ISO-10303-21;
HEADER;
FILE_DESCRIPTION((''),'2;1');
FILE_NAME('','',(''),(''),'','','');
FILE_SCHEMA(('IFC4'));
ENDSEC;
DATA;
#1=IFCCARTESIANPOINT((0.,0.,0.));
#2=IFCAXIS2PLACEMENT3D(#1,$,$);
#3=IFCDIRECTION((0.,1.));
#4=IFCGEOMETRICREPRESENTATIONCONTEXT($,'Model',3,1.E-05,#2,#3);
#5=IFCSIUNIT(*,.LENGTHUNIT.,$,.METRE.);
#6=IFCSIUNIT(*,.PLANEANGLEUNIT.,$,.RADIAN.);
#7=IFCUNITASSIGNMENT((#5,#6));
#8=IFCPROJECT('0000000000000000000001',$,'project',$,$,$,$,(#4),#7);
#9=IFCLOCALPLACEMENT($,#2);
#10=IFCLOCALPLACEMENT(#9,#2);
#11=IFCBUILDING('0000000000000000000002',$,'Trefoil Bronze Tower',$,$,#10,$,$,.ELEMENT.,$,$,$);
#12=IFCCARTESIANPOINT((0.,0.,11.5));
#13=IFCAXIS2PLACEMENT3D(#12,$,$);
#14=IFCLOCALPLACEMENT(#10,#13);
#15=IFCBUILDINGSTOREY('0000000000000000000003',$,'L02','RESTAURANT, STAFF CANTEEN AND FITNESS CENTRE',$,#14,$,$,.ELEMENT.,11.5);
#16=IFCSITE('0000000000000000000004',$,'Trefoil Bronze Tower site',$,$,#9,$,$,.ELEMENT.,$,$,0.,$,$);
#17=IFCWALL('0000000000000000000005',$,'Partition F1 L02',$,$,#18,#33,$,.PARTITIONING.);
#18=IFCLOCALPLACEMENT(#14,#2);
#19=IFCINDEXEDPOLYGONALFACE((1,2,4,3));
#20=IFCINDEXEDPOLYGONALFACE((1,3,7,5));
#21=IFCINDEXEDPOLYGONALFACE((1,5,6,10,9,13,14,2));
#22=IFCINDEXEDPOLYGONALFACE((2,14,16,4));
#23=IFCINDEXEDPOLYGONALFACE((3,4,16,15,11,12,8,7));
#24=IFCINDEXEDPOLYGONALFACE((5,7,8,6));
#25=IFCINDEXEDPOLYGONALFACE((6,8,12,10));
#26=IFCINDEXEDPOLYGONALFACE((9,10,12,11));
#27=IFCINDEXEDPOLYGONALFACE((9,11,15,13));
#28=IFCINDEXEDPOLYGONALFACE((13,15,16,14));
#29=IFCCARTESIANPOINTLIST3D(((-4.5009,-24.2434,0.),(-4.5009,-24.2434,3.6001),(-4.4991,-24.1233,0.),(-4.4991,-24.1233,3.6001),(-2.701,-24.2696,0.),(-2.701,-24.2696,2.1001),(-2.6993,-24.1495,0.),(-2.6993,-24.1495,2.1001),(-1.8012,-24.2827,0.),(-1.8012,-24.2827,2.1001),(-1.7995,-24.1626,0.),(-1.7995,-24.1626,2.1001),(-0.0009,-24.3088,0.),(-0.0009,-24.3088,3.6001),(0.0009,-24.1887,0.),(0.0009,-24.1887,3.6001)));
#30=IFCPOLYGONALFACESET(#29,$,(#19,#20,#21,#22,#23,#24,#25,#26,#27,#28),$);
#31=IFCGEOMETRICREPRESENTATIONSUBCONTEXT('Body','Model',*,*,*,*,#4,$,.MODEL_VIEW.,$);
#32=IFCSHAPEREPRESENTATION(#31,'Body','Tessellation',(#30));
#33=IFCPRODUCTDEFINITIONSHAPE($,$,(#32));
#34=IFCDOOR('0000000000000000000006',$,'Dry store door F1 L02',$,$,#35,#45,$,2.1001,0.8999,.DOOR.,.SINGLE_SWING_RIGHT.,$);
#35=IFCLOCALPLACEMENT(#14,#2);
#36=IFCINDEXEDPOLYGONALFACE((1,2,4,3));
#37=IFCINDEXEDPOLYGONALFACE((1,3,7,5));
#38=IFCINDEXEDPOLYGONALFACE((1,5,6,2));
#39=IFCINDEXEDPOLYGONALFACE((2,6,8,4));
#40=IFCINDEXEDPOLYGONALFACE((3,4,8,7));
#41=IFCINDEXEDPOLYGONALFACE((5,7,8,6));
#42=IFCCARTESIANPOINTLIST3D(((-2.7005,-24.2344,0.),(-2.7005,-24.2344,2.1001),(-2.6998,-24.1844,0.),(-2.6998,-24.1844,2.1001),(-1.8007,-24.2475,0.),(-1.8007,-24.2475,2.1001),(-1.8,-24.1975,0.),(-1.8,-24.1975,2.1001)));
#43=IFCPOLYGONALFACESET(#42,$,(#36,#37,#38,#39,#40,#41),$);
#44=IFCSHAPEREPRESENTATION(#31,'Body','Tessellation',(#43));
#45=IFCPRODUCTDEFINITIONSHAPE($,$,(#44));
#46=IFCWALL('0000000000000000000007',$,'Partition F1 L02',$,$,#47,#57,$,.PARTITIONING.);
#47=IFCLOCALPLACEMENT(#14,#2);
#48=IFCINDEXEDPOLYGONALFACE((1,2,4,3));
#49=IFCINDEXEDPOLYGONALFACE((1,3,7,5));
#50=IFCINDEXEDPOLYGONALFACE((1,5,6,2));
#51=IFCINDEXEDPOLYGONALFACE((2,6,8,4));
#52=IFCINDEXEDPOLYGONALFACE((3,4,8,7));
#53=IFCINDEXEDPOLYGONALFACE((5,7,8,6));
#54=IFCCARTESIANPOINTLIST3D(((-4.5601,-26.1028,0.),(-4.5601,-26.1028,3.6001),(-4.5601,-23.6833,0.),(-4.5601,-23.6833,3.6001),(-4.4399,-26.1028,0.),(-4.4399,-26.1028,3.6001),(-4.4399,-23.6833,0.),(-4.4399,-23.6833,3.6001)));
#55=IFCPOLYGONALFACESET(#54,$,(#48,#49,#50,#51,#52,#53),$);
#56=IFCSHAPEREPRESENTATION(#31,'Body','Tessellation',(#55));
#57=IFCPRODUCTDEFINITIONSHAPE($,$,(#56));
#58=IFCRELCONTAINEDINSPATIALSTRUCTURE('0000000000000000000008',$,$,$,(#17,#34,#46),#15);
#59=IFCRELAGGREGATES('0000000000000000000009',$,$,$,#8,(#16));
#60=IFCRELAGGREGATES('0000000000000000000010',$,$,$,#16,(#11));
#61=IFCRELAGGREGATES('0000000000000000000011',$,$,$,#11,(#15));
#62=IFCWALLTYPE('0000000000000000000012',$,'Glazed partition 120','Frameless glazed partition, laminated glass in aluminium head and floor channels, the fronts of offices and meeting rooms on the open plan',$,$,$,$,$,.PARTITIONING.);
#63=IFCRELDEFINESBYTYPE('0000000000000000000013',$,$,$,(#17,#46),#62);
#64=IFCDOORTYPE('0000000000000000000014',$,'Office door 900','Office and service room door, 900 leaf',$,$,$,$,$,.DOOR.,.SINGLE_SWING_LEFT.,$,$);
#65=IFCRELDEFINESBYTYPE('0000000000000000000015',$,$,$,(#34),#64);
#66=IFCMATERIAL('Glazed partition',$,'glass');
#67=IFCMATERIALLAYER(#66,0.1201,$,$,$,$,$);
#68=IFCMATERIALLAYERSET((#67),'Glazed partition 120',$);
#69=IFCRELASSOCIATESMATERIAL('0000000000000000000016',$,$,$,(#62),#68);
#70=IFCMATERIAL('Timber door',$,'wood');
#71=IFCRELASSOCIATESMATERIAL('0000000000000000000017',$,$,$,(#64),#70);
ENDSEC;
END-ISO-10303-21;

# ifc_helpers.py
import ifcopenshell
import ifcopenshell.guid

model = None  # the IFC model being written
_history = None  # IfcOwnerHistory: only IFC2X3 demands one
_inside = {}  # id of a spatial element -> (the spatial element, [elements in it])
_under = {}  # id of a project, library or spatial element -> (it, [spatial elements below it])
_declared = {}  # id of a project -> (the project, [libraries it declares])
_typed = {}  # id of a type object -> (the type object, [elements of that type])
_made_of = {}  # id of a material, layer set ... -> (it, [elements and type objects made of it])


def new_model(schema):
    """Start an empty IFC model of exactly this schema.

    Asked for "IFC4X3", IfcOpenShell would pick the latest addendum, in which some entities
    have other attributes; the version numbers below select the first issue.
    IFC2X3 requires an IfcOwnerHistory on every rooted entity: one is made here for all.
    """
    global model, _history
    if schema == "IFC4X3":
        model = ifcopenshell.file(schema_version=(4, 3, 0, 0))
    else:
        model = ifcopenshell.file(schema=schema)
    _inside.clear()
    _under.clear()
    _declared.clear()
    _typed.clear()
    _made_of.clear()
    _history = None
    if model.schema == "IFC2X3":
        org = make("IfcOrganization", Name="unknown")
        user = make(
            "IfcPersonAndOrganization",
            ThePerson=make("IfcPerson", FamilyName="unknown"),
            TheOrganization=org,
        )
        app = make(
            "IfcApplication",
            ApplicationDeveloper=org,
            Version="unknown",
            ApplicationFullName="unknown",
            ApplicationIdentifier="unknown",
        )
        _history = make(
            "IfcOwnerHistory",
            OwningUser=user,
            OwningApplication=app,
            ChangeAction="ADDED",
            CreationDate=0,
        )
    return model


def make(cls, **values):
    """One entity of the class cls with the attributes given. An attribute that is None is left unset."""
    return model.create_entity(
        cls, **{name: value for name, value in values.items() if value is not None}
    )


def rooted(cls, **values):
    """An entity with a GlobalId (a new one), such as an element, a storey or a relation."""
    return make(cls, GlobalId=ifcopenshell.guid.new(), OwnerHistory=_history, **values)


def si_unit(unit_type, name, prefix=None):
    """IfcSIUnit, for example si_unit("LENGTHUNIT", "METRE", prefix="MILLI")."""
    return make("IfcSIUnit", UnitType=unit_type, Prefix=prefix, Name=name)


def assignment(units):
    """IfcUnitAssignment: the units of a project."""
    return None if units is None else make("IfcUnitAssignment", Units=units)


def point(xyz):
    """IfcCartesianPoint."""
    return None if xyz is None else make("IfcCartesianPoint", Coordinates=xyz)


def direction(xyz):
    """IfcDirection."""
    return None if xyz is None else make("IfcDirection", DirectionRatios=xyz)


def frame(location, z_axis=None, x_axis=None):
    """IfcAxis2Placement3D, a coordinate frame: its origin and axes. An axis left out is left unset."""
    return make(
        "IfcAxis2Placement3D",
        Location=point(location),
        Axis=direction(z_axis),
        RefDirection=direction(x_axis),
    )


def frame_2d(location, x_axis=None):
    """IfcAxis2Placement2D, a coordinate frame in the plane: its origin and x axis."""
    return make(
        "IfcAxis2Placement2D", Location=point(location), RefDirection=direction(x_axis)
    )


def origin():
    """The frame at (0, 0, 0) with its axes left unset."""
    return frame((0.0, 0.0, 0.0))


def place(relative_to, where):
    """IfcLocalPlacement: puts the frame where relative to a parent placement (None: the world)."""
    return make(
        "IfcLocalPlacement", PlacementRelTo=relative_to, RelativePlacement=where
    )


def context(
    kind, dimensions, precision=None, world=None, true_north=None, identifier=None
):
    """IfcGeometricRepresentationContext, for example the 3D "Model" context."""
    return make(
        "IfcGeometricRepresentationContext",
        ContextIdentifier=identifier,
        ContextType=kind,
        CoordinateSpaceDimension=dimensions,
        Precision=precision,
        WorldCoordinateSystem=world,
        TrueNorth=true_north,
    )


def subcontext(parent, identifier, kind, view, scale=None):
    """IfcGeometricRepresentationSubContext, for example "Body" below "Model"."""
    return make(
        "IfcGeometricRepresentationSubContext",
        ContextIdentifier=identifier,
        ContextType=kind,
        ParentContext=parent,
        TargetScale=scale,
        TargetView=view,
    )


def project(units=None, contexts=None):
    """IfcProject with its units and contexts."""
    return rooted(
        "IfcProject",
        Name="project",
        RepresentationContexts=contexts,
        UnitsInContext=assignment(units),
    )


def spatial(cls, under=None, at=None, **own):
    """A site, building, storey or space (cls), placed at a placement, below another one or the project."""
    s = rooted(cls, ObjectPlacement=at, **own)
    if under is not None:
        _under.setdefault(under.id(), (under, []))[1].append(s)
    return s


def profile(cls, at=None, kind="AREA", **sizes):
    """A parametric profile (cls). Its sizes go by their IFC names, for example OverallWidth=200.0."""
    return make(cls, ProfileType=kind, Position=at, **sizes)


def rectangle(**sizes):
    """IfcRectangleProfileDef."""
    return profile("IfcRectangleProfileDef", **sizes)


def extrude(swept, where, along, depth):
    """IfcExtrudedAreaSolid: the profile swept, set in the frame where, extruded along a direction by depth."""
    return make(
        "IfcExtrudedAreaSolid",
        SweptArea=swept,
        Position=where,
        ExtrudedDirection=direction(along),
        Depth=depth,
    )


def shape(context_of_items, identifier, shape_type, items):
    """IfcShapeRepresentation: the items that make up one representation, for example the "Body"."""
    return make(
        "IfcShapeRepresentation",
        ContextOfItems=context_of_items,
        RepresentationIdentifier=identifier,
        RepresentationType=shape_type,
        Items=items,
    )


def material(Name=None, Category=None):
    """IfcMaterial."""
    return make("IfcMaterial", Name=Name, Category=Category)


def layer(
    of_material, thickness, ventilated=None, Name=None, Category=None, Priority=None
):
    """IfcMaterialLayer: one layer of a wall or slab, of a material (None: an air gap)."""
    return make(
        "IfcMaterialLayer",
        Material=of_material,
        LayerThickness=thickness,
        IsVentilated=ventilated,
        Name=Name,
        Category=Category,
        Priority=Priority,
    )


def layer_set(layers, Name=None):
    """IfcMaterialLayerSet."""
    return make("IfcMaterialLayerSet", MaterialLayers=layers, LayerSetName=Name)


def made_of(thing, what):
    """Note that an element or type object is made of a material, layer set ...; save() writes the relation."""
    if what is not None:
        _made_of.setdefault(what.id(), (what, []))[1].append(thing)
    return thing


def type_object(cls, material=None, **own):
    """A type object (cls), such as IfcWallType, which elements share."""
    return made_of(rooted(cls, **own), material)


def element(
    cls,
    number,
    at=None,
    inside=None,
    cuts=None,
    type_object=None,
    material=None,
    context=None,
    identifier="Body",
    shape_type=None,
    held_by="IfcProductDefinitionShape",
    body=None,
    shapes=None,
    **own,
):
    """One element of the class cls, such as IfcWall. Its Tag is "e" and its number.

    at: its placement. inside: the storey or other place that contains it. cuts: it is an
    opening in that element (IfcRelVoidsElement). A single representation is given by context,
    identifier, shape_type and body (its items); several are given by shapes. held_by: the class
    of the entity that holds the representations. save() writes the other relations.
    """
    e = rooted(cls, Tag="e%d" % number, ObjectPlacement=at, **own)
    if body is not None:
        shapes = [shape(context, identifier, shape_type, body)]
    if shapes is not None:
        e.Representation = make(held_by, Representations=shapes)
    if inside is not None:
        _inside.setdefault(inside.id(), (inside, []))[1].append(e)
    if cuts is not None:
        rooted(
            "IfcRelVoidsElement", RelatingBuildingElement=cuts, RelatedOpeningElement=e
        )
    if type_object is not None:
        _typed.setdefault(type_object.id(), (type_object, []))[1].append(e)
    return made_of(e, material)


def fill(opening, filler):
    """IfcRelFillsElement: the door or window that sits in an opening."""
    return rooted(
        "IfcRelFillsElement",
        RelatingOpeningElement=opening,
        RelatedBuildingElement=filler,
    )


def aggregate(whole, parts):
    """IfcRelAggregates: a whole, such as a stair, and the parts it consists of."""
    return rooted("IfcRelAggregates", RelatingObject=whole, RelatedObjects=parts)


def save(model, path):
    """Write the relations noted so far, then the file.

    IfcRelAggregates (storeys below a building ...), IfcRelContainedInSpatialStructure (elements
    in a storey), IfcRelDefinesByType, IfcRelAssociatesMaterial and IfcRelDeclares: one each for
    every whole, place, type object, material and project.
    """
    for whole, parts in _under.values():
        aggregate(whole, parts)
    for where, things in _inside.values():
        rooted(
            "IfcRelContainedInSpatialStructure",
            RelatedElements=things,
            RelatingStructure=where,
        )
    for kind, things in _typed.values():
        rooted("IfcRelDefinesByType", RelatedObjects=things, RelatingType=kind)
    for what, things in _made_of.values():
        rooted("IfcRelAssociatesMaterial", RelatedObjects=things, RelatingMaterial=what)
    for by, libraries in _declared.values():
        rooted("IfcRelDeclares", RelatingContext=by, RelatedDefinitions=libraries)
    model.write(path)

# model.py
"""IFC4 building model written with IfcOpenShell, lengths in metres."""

from ifc_helpers import new_model, si_unit, direction, frame, frame_2d, origin, place, context, subcontext, project, spatial, rectangle, extrude, material, layer, layer_set, type_object, element, fill, save


model = new_model("IFC4")

# Units and contexts
model_context = context("Model", 3, precision=1e-05, world=origin(), true_north=direction((0.0, 1.0)))
body_context = subcontext(model_context, "Body", "Model", "MODEL_VIEW")
ifc_project = project(units=[si_unit("LENGTHUNIT", "METRE"), si_unit("PLANEANGLEUNIT", "RADIAN")], contexts=[model_context])

# Site, building, storey
site_placement = place(None, origin())
site = spatial("IfcSite", under=ifc_project, at=site_placement, Name="Trefoil Bronze Tower site", CompositionType="ELEMENT", RefElevation=0.0)
building_placement = place(site_placement, origin())
building = spatial("IfcBuilding", under=site, at=building_placement, Name="Trefoil Bronze Tower", CompositionType="ELEMENT")
storey_placement = place(building_placement, frame((0.0, 0.0, 11.5)))
storey = spatial("IfcBuildingStorey", under=building, at=storey_placement, Name="L02", Description="RESTAURANT, STAFF CANTEEN AND FITNESS CENTRE", CompositionType="ELEMENT", Elevation=11.5)

# Wall, opening, door
ifc_material_1 = material(Name="Glazed partition", Category="glass")
ifc_layer_1 = layer(ifc_material_1, 0.1201)
ifc_layer_set_1 = layer_set([ifc_layer_1], Name="Glazed partition 120")
wall_type = type_object("IfcWallType", Name="Glazed partition 120", Description="Frameless glazed partition, laminated glass in aluminium head and floor channels, the fronts of offices and meeting rooms on the open plan", PredefinedType="PARTITIONING", material=ifc_layer_set_1)
wall_1_placement = place(storey_placement, frame((-4.5, -24.1833, 0.0), z_axis=(0.0, 0.0, 1.0), x_axis=(0.999894, -0.014538, 0.0)))
wall_1 = element("IfcWall", 1, at=wall_1_placement, inside=storey, type_object=wall_type, Name="Partition F1 L02", PredefinedType="PARTITIONING", context=body_context, shape_type="SweptSolid", body=[
    extrude(rectangle(XDim=4.5005, YDim=0.1201, at=frame_2d((2.2502, 0.0))), origin(), (0.0, 0.0, 1.0), 3.6001),
])
opening_placement = place(wall_1_placement, frame((1.8, 0.0, 0.0)))
opening = element("IfcOpeningElement", 2, at=opening_placement, cuts=wall_1, PredefinedType="OPENING", context=body_context, shape_type="SweptSolid", body=[
    extrude(rectangle(XDim=0.8999, YDim=2.1001, at=frame_2d((0.45, 1.05))), frame((0.0, 0.0701, 0.0), z_axis=(0.0, -1.0, 0.0), x_axis=(1.0, 0.0, 0.0)), (0.0, 0.0, 1.0), 0.1401),
])
ifc_material_2 = material(Name="Timber door", Category="wood")
door_type = type_object("IfcDoorType", Name="Office door 900", Description="Office and service room door, 900 leaf", OperationType="SINGLE_SWING_LEFT", PredefinedType="DOOR", material=ifc_material_2)
door_placement = place(opening_placement, frame((0.8999, 0.0, 0.0), z_axis=(0.0, 0.0, 1.0), x_axis=(-1.0, 0.0, 0.0)))
door = element("IfcDoor", 3, at=door_placement, inside=storey, type_object=door_type, Name="Dry store door F1 L02", OperationType="SINGLE_SWING_RIGHT", OverallHeight=2.1001, OverallWidth=0.8999, PredefinedType="DOOR", context=body_context, shape_type="SweptSolid", body=[
    extrude(rectangle(XDim=0.8999, YDim=2.1001, at=frame_2d((0.45, 1.05))), frame((0.0, 0.0249, 0.0), z_axis=(0.0, -1.0, 0.0), x_axis=(1.0, 0.0, 0.0)), (0.0, 0.0, 1.0), 0.05),
])
fill(opening, door)

# Wall
wall_2_placement = place(storey_placement, frame((-4.5, -23.6833, 0.0), z_axis=(0.0, 0.0, 1.0), x_axis=(0.0, -1.0, 0.0)))
element("IfcWall", 4, at=wall_2_placement, inside=storey, type_object=wall_type, Name="Partition F1 L02", PredefinedType="PARTITIONING", context=body_context, shape_type="SweptSolid", body=[
    extrude(rectangle(XDim=2.4194, YDim=0.1201, at=frame_2d((1.2097, 0.0))), origin(), (0.0, 0.0, 1.0), 3.6001),
])

save(model, "model.ifc")
